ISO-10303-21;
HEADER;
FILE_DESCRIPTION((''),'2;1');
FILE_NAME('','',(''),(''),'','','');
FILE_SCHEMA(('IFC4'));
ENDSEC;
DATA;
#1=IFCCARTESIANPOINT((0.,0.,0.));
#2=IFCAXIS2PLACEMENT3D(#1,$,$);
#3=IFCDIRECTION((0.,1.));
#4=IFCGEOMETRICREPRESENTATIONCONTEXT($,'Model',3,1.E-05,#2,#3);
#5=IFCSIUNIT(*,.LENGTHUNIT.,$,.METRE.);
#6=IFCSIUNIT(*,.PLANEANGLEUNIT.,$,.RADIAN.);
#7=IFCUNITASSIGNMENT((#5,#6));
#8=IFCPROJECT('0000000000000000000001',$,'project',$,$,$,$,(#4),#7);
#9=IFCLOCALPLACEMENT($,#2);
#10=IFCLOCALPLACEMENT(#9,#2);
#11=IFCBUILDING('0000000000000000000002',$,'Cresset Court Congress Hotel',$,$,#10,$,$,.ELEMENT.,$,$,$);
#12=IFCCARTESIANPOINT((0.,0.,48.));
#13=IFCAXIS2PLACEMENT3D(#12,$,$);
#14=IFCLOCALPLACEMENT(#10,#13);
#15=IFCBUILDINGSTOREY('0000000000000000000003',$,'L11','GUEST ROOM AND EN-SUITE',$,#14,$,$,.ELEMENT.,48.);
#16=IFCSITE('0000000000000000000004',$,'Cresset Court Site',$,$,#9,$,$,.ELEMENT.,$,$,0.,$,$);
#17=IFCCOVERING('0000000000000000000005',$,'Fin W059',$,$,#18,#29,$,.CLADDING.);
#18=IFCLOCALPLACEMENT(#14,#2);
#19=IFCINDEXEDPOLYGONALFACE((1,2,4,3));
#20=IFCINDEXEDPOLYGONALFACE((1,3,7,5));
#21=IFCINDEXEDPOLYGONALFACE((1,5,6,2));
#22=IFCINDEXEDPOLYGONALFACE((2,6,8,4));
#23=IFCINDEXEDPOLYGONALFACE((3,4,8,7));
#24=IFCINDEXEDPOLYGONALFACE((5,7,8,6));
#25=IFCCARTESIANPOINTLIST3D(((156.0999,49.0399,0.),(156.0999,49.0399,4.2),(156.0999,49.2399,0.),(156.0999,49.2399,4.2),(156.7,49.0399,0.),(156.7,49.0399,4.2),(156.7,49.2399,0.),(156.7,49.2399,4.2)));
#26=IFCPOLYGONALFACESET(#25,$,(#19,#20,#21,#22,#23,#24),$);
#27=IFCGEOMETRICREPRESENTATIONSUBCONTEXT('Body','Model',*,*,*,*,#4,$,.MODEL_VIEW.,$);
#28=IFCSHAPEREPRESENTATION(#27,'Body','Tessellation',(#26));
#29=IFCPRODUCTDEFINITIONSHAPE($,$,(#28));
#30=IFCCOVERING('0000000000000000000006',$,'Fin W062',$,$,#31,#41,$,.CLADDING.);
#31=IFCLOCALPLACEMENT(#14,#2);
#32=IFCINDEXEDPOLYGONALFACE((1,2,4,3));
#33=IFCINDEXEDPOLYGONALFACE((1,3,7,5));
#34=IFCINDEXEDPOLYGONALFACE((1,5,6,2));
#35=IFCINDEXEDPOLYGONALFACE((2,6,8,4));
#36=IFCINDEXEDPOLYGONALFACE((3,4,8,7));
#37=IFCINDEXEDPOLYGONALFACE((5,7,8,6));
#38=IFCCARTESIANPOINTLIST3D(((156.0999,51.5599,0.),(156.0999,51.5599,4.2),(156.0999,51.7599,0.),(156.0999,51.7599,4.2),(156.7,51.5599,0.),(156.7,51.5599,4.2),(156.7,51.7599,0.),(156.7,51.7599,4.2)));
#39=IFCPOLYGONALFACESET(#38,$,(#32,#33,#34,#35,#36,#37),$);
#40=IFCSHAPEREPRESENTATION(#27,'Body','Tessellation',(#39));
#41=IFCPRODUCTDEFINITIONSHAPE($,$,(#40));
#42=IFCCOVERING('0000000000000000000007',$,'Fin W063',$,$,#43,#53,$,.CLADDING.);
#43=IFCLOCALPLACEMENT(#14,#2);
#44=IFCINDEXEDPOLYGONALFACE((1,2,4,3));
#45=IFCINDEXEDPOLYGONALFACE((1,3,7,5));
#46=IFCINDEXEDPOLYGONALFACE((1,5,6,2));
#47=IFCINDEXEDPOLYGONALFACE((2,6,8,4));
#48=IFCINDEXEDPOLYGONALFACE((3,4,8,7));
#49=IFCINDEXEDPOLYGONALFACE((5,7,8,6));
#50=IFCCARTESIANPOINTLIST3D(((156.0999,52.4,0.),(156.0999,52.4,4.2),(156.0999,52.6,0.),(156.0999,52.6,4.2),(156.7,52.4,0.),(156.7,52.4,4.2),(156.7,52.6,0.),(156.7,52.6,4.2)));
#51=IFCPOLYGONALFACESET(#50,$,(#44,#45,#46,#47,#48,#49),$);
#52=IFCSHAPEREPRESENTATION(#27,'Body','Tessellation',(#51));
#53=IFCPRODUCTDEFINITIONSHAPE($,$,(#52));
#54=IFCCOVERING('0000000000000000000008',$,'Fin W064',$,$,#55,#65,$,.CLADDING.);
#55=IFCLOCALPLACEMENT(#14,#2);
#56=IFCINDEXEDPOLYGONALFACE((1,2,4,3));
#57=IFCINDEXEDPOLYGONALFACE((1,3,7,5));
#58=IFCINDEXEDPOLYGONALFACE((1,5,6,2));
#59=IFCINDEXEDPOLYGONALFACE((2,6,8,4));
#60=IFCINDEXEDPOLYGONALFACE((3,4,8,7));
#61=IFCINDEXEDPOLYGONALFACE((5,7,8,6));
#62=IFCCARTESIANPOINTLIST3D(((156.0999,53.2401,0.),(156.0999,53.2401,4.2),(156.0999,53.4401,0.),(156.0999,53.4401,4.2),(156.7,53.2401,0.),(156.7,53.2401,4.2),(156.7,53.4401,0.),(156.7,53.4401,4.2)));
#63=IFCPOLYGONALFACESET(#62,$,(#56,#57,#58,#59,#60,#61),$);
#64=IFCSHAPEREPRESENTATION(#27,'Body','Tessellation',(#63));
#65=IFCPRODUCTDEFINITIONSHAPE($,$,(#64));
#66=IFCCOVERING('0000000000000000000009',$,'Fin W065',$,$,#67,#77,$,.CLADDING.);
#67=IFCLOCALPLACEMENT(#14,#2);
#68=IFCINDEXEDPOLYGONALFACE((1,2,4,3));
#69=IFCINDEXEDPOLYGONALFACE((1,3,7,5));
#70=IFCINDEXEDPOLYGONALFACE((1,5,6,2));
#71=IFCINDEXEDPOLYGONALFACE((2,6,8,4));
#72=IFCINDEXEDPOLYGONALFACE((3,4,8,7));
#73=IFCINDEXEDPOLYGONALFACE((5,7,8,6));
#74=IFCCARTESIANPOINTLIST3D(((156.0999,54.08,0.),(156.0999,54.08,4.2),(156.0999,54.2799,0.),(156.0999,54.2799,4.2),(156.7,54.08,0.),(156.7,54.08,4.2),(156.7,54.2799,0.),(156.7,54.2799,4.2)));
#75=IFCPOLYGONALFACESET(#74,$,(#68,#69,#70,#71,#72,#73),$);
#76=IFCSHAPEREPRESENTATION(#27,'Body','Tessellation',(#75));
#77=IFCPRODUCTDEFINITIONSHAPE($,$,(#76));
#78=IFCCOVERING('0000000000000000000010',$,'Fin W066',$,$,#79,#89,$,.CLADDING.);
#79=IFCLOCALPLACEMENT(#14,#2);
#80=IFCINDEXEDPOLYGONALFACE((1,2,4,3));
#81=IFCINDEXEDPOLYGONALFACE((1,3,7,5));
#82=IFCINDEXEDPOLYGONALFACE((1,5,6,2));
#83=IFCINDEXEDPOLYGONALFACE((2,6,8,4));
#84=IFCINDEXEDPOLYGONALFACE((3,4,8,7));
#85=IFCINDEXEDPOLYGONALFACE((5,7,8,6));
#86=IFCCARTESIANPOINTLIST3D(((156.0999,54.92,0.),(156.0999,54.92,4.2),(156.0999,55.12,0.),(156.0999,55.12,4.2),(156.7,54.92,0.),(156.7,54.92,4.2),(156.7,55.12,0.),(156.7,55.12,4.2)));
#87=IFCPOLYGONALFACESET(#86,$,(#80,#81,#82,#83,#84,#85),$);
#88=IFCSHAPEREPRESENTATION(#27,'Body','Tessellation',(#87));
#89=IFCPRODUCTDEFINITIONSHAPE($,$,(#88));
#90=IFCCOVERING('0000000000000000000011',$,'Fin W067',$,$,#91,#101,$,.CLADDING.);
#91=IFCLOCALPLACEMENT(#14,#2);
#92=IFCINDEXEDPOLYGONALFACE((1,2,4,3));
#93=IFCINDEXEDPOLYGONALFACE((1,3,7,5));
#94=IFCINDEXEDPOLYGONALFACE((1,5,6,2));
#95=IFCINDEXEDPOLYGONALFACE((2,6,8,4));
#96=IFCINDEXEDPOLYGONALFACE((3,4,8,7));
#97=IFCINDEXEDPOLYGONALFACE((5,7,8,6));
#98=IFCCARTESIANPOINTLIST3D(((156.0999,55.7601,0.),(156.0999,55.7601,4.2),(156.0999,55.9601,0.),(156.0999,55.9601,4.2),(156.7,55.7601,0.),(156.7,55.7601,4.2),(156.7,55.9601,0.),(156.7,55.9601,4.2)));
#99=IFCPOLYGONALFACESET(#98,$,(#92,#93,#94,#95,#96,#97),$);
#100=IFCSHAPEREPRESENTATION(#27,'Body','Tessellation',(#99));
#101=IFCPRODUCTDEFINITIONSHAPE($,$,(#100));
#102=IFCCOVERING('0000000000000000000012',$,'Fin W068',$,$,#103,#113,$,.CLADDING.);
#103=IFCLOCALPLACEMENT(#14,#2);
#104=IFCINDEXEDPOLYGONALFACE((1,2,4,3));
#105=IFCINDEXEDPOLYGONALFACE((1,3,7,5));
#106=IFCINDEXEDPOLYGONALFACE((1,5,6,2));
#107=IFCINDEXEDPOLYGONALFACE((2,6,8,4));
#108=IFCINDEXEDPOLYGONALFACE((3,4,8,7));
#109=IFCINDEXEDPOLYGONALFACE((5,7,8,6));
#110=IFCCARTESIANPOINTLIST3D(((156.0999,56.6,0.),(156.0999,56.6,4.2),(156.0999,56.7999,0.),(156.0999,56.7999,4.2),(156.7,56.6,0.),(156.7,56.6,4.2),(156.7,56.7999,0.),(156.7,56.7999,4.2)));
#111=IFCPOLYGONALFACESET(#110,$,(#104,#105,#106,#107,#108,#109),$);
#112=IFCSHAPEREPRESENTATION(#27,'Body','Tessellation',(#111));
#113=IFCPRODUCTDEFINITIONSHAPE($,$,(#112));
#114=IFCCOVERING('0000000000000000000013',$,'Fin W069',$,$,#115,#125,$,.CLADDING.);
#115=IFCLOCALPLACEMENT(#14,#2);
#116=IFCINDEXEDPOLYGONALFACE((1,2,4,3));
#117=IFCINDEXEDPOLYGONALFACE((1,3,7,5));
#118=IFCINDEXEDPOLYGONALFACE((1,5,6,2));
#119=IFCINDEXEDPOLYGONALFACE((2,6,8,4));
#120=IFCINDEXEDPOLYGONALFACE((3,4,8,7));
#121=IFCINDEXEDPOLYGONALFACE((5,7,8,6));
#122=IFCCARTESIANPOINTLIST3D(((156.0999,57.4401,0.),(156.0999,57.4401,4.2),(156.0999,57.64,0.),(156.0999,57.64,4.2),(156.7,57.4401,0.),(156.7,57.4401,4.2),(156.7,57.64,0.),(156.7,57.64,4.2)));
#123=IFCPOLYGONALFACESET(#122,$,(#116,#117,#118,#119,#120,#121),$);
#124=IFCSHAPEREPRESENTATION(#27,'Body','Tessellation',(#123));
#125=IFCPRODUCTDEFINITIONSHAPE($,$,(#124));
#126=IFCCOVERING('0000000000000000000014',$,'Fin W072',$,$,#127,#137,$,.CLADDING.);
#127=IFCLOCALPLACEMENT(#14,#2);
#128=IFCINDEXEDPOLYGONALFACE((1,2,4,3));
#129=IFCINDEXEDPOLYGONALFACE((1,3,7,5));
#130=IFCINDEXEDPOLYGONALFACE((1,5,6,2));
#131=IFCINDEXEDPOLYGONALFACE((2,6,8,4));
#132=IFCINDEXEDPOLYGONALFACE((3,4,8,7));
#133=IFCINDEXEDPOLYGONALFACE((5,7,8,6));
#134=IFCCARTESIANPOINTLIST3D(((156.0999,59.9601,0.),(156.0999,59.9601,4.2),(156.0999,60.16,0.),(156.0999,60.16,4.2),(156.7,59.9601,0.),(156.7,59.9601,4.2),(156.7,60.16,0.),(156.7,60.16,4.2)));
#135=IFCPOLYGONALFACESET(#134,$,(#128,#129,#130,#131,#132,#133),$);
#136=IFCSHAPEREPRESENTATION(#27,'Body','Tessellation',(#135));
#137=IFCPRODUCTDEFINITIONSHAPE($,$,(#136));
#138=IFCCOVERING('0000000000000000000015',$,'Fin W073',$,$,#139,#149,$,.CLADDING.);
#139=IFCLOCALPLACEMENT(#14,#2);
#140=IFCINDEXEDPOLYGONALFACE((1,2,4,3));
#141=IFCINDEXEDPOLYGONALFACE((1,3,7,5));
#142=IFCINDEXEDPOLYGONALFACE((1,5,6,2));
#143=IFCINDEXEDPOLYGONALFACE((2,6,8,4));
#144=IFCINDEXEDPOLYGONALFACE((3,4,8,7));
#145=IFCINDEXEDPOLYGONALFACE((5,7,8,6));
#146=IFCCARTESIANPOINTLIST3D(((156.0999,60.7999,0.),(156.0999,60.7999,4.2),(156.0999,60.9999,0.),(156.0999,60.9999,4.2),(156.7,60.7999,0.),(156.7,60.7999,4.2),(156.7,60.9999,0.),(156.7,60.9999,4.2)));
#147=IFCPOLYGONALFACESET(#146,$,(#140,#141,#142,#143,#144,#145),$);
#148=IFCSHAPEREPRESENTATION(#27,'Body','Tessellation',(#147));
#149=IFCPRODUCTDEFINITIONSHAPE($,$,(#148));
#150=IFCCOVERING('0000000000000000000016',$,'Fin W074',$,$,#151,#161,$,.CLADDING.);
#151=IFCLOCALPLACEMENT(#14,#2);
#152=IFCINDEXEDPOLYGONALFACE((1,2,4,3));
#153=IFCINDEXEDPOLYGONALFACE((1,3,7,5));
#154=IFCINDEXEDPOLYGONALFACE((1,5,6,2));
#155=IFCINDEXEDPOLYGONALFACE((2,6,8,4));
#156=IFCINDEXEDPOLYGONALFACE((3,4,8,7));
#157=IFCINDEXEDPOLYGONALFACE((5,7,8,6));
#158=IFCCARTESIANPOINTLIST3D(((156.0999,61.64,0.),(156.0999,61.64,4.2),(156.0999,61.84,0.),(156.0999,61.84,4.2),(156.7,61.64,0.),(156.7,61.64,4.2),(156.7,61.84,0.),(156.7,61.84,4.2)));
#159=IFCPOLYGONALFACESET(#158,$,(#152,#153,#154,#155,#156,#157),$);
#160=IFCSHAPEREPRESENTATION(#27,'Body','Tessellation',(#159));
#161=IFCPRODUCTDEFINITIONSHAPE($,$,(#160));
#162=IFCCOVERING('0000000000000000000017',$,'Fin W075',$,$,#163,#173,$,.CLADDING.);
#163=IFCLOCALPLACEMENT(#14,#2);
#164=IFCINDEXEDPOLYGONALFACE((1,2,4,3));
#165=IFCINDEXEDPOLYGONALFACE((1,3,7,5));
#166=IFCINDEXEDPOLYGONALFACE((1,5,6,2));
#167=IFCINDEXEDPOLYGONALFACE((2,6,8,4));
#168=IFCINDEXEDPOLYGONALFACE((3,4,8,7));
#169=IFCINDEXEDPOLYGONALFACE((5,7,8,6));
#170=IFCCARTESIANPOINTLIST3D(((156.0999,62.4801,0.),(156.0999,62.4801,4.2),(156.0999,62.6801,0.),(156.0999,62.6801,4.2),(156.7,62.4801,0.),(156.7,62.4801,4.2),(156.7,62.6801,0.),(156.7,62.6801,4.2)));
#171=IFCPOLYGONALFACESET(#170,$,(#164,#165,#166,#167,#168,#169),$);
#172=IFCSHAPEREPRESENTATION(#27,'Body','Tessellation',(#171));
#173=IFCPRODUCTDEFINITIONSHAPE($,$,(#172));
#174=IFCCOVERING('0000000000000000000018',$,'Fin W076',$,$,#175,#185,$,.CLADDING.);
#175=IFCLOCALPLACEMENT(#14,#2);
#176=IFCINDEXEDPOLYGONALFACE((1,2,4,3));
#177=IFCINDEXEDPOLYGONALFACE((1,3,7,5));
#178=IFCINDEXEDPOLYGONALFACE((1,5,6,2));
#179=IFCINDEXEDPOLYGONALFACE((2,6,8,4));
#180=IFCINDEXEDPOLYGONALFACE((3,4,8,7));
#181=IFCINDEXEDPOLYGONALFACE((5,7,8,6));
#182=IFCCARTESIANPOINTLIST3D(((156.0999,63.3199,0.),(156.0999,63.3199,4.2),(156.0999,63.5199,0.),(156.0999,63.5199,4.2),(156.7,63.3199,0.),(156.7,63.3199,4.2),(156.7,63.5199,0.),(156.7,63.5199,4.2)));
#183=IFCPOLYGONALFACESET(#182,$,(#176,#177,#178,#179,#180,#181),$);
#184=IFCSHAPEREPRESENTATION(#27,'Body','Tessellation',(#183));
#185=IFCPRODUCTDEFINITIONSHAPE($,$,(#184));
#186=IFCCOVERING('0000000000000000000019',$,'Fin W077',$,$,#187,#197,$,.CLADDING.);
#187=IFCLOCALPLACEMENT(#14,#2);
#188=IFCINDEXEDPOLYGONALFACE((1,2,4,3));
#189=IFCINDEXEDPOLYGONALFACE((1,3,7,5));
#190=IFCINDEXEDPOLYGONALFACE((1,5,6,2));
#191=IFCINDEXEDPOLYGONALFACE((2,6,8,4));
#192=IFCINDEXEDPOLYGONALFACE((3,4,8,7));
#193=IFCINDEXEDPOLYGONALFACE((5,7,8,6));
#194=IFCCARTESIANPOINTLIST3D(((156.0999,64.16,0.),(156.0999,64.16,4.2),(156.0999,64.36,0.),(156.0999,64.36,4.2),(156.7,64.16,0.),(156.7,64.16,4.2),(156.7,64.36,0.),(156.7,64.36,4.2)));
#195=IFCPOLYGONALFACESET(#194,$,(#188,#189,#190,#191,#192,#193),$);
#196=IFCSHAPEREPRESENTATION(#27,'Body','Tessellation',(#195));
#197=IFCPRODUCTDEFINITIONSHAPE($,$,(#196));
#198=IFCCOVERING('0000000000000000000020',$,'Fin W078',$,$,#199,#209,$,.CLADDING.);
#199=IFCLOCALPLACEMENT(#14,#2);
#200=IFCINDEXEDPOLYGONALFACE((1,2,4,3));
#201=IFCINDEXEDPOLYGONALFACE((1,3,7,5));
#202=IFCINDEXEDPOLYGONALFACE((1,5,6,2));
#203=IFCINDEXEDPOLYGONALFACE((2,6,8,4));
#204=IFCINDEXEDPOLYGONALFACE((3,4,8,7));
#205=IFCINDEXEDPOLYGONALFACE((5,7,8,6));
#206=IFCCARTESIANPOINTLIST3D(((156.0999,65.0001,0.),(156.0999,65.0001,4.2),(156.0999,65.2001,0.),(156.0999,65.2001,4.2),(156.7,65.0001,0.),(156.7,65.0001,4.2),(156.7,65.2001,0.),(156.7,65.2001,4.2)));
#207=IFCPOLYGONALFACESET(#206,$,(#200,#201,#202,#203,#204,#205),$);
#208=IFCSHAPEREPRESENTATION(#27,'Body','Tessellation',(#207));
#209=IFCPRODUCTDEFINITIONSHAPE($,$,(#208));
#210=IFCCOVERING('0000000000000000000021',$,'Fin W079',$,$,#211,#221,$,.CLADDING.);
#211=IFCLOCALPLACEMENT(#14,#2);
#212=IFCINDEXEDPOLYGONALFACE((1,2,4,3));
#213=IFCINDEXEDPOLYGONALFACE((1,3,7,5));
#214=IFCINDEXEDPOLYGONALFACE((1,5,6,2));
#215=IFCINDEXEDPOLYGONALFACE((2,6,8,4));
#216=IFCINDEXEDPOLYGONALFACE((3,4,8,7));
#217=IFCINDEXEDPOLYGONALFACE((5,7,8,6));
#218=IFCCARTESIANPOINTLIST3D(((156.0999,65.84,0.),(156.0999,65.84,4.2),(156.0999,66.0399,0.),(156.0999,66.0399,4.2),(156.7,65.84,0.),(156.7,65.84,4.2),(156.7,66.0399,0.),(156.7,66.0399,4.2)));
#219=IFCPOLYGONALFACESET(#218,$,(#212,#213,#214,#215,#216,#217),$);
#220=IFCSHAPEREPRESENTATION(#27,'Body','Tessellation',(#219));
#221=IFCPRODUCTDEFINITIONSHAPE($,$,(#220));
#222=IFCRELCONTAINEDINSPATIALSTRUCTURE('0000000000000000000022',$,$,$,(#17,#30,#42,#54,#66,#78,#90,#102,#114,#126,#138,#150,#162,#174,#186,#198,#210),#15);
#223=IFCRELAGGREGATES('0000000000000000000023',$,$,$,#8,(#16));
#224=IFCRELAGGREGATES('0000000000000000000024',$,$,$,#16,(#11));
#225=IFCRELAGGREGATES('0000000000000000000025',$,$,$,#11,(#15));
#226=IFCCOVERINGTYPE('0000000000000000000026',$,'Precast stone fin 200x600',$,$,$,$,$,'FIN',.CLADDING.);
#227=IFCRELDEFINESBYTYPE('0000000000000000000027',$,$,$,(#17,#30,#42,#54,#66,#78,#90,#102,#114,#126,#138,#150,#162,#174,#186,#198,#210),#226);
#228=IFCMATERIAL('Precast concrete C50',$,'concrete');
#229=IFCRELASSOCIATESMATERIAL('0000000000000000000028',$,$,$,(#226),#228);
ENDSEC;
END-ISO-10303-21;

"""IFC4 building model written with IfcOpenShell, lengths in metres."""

from ifc_helpers import new_model, si_unit, direction, frame, origin, origin_2d, place, context, subcontext, project, spatial, rectangle, extrude, material, type_object, element, save


model = new_model("IFC4")

# Units and contexts
model_context = context("Model", 3, precision=1e-05, world=origin(), true_north=direction((0.0, 1.0)))
body_context = subcontext(model_context, "Body", "Model", "MODEL_VIEW")
ifc_project = project(units=[si_unit("LENGTHUNIT", "METRE"), si_unit("PLANEANGLEUNIT", "RADIAN")], contexts=[model_context])

# Site, building, storey
site_placement = place(None, origin())
site = spatial("IfcSite", under=ifc_project, at=site_placement, Name="Cresset Court Site", CompositionType="ELEMENT", RefElevation=0.0)
building_placement = place(site_placement, origin())
building = spatial("IfcBuilding", under=site, at=building_placement, Name="Cresset Court Congress Hotel", CompositionType="ELEMENT")
storey_placement = place(building_placement, frame((0.0, 0.0, 48.0)))
storey = spatial("IfcBuildingStorey", under=building, at=storey_placement, Name="L11", Description="GUEST ROOM AND EN-SUITE", CompositionType="ELEMENT", Elevation=48.0)

# Coverings
ifc_material_1 = material(Name="Precast concrete C50", Category="concrete")
covering_type = type_object("IfcCoveringType", Name="Precast stone fin 200x600", ElementType="FIN", PredefinedType="CLADDING", material=ifc_material_1)
for number, where, z_axis, x_axis, name in (
    (1, (156.3999, 49.1399, 0.0), (0.0, 0.0, 1.0), (1.0, 0.0, 0.0), "Fin W059"),
    (2, (156.3999, 51.6599, 0.0), (0.0, 0.0, 1.0), (1.0, 0.0, 0.0), "Fin W062"),
    (3, (156.3999, 52.5, 0.0), (0.0, 0.0, 1.0), (1.0, 0.0, 0.0), "Fin W063"),
    (4, (156.3999, 53.3401, 0.0), (0.0, 0.0, 1.0), (1.0, 0.0, 0.0), "Fin W064"),
    (5, (156.3999, 54.1799, 0.0), (0.0, 0.0, 1.0), (1.0, 0.0, 0.0), "Fin W065"),
    (6, (156.3999, 55.02, 0.0), (0.0, 0.0, 1.0), (1.0, 0.0, 0.0), "Fin W066"),
    (7, (156.3999, 55.8601, 0.0), (0.0, 0.0, 1.0), (1.0, 0.0, 0.0), "Fin W067"),
    (8, (156.3999, 56.7, 0.0), (0.0, 0.0, 1.0), (1.0, 0.0, 0.0), "Fin W068"),
    (9, (156.3999, 57.54, 0.0), (0.0, 0.0, 1.0), (1.0, 0.0, 0.0), "Fin W069"),
    (10, (156.3999, 60.0601, 0.0), (0.0, 0.0, 1.0), (1.0, 0.0, 0.0), "Fin W072"),
    (11, (156.3999, 60.8999, 0.0), (0.0, 0.0, 1.0), (1.0, 0.0, 0.0), "Fin W073"),
    (12, (156.3999, 61.74, 0.0), (0.0, 0.0, 1.0), (1.0, 0.0, 0.0), "Fin W074"),
    (13, (156.3999, 62.5801, 0.0), (0.0, 0.0, 1.0), (1.0, 0.0, 0.0), "Fin W075"),
    (14, (156.3999, 63.4199, 0.0), (0.0, 0.0, 1.0), (1.0, 0.0, 0.0), "Fin W076"),
    (15, (156.3999, 64.26, 0.0), (0.0, 0.0, 1.0), (1.0, 0.0, 0.0), "Fin W077"),
    (16, (156.3999, 65.1001, 0.0), (0.0, 0.0, 1.0), (1.0, 0.0, 0.0), "Fin W078"),
    (17, (156.3999, 65.9399, 0.0), (0.0, 0.0, 1.0), (1.0, 0.0, 0.0), "Fin W079"),
):
    element("IfcCovering", number, at=place(storey_placement, frame(where, z_axis=z_axis, x_axis=x_axis)), inside=storey, type_object=covering_type, Name=name, PredefinedType="CLADDING", context=body_context, shape_type="SweptSolid", body=[
        extrude(rectangle(XDim=0.6001, YDim=0.2, at=origin_2d()), origin(), (0.0, 0.0, 1.0), 4.2),
    ])

save(model, "model.ifc")
